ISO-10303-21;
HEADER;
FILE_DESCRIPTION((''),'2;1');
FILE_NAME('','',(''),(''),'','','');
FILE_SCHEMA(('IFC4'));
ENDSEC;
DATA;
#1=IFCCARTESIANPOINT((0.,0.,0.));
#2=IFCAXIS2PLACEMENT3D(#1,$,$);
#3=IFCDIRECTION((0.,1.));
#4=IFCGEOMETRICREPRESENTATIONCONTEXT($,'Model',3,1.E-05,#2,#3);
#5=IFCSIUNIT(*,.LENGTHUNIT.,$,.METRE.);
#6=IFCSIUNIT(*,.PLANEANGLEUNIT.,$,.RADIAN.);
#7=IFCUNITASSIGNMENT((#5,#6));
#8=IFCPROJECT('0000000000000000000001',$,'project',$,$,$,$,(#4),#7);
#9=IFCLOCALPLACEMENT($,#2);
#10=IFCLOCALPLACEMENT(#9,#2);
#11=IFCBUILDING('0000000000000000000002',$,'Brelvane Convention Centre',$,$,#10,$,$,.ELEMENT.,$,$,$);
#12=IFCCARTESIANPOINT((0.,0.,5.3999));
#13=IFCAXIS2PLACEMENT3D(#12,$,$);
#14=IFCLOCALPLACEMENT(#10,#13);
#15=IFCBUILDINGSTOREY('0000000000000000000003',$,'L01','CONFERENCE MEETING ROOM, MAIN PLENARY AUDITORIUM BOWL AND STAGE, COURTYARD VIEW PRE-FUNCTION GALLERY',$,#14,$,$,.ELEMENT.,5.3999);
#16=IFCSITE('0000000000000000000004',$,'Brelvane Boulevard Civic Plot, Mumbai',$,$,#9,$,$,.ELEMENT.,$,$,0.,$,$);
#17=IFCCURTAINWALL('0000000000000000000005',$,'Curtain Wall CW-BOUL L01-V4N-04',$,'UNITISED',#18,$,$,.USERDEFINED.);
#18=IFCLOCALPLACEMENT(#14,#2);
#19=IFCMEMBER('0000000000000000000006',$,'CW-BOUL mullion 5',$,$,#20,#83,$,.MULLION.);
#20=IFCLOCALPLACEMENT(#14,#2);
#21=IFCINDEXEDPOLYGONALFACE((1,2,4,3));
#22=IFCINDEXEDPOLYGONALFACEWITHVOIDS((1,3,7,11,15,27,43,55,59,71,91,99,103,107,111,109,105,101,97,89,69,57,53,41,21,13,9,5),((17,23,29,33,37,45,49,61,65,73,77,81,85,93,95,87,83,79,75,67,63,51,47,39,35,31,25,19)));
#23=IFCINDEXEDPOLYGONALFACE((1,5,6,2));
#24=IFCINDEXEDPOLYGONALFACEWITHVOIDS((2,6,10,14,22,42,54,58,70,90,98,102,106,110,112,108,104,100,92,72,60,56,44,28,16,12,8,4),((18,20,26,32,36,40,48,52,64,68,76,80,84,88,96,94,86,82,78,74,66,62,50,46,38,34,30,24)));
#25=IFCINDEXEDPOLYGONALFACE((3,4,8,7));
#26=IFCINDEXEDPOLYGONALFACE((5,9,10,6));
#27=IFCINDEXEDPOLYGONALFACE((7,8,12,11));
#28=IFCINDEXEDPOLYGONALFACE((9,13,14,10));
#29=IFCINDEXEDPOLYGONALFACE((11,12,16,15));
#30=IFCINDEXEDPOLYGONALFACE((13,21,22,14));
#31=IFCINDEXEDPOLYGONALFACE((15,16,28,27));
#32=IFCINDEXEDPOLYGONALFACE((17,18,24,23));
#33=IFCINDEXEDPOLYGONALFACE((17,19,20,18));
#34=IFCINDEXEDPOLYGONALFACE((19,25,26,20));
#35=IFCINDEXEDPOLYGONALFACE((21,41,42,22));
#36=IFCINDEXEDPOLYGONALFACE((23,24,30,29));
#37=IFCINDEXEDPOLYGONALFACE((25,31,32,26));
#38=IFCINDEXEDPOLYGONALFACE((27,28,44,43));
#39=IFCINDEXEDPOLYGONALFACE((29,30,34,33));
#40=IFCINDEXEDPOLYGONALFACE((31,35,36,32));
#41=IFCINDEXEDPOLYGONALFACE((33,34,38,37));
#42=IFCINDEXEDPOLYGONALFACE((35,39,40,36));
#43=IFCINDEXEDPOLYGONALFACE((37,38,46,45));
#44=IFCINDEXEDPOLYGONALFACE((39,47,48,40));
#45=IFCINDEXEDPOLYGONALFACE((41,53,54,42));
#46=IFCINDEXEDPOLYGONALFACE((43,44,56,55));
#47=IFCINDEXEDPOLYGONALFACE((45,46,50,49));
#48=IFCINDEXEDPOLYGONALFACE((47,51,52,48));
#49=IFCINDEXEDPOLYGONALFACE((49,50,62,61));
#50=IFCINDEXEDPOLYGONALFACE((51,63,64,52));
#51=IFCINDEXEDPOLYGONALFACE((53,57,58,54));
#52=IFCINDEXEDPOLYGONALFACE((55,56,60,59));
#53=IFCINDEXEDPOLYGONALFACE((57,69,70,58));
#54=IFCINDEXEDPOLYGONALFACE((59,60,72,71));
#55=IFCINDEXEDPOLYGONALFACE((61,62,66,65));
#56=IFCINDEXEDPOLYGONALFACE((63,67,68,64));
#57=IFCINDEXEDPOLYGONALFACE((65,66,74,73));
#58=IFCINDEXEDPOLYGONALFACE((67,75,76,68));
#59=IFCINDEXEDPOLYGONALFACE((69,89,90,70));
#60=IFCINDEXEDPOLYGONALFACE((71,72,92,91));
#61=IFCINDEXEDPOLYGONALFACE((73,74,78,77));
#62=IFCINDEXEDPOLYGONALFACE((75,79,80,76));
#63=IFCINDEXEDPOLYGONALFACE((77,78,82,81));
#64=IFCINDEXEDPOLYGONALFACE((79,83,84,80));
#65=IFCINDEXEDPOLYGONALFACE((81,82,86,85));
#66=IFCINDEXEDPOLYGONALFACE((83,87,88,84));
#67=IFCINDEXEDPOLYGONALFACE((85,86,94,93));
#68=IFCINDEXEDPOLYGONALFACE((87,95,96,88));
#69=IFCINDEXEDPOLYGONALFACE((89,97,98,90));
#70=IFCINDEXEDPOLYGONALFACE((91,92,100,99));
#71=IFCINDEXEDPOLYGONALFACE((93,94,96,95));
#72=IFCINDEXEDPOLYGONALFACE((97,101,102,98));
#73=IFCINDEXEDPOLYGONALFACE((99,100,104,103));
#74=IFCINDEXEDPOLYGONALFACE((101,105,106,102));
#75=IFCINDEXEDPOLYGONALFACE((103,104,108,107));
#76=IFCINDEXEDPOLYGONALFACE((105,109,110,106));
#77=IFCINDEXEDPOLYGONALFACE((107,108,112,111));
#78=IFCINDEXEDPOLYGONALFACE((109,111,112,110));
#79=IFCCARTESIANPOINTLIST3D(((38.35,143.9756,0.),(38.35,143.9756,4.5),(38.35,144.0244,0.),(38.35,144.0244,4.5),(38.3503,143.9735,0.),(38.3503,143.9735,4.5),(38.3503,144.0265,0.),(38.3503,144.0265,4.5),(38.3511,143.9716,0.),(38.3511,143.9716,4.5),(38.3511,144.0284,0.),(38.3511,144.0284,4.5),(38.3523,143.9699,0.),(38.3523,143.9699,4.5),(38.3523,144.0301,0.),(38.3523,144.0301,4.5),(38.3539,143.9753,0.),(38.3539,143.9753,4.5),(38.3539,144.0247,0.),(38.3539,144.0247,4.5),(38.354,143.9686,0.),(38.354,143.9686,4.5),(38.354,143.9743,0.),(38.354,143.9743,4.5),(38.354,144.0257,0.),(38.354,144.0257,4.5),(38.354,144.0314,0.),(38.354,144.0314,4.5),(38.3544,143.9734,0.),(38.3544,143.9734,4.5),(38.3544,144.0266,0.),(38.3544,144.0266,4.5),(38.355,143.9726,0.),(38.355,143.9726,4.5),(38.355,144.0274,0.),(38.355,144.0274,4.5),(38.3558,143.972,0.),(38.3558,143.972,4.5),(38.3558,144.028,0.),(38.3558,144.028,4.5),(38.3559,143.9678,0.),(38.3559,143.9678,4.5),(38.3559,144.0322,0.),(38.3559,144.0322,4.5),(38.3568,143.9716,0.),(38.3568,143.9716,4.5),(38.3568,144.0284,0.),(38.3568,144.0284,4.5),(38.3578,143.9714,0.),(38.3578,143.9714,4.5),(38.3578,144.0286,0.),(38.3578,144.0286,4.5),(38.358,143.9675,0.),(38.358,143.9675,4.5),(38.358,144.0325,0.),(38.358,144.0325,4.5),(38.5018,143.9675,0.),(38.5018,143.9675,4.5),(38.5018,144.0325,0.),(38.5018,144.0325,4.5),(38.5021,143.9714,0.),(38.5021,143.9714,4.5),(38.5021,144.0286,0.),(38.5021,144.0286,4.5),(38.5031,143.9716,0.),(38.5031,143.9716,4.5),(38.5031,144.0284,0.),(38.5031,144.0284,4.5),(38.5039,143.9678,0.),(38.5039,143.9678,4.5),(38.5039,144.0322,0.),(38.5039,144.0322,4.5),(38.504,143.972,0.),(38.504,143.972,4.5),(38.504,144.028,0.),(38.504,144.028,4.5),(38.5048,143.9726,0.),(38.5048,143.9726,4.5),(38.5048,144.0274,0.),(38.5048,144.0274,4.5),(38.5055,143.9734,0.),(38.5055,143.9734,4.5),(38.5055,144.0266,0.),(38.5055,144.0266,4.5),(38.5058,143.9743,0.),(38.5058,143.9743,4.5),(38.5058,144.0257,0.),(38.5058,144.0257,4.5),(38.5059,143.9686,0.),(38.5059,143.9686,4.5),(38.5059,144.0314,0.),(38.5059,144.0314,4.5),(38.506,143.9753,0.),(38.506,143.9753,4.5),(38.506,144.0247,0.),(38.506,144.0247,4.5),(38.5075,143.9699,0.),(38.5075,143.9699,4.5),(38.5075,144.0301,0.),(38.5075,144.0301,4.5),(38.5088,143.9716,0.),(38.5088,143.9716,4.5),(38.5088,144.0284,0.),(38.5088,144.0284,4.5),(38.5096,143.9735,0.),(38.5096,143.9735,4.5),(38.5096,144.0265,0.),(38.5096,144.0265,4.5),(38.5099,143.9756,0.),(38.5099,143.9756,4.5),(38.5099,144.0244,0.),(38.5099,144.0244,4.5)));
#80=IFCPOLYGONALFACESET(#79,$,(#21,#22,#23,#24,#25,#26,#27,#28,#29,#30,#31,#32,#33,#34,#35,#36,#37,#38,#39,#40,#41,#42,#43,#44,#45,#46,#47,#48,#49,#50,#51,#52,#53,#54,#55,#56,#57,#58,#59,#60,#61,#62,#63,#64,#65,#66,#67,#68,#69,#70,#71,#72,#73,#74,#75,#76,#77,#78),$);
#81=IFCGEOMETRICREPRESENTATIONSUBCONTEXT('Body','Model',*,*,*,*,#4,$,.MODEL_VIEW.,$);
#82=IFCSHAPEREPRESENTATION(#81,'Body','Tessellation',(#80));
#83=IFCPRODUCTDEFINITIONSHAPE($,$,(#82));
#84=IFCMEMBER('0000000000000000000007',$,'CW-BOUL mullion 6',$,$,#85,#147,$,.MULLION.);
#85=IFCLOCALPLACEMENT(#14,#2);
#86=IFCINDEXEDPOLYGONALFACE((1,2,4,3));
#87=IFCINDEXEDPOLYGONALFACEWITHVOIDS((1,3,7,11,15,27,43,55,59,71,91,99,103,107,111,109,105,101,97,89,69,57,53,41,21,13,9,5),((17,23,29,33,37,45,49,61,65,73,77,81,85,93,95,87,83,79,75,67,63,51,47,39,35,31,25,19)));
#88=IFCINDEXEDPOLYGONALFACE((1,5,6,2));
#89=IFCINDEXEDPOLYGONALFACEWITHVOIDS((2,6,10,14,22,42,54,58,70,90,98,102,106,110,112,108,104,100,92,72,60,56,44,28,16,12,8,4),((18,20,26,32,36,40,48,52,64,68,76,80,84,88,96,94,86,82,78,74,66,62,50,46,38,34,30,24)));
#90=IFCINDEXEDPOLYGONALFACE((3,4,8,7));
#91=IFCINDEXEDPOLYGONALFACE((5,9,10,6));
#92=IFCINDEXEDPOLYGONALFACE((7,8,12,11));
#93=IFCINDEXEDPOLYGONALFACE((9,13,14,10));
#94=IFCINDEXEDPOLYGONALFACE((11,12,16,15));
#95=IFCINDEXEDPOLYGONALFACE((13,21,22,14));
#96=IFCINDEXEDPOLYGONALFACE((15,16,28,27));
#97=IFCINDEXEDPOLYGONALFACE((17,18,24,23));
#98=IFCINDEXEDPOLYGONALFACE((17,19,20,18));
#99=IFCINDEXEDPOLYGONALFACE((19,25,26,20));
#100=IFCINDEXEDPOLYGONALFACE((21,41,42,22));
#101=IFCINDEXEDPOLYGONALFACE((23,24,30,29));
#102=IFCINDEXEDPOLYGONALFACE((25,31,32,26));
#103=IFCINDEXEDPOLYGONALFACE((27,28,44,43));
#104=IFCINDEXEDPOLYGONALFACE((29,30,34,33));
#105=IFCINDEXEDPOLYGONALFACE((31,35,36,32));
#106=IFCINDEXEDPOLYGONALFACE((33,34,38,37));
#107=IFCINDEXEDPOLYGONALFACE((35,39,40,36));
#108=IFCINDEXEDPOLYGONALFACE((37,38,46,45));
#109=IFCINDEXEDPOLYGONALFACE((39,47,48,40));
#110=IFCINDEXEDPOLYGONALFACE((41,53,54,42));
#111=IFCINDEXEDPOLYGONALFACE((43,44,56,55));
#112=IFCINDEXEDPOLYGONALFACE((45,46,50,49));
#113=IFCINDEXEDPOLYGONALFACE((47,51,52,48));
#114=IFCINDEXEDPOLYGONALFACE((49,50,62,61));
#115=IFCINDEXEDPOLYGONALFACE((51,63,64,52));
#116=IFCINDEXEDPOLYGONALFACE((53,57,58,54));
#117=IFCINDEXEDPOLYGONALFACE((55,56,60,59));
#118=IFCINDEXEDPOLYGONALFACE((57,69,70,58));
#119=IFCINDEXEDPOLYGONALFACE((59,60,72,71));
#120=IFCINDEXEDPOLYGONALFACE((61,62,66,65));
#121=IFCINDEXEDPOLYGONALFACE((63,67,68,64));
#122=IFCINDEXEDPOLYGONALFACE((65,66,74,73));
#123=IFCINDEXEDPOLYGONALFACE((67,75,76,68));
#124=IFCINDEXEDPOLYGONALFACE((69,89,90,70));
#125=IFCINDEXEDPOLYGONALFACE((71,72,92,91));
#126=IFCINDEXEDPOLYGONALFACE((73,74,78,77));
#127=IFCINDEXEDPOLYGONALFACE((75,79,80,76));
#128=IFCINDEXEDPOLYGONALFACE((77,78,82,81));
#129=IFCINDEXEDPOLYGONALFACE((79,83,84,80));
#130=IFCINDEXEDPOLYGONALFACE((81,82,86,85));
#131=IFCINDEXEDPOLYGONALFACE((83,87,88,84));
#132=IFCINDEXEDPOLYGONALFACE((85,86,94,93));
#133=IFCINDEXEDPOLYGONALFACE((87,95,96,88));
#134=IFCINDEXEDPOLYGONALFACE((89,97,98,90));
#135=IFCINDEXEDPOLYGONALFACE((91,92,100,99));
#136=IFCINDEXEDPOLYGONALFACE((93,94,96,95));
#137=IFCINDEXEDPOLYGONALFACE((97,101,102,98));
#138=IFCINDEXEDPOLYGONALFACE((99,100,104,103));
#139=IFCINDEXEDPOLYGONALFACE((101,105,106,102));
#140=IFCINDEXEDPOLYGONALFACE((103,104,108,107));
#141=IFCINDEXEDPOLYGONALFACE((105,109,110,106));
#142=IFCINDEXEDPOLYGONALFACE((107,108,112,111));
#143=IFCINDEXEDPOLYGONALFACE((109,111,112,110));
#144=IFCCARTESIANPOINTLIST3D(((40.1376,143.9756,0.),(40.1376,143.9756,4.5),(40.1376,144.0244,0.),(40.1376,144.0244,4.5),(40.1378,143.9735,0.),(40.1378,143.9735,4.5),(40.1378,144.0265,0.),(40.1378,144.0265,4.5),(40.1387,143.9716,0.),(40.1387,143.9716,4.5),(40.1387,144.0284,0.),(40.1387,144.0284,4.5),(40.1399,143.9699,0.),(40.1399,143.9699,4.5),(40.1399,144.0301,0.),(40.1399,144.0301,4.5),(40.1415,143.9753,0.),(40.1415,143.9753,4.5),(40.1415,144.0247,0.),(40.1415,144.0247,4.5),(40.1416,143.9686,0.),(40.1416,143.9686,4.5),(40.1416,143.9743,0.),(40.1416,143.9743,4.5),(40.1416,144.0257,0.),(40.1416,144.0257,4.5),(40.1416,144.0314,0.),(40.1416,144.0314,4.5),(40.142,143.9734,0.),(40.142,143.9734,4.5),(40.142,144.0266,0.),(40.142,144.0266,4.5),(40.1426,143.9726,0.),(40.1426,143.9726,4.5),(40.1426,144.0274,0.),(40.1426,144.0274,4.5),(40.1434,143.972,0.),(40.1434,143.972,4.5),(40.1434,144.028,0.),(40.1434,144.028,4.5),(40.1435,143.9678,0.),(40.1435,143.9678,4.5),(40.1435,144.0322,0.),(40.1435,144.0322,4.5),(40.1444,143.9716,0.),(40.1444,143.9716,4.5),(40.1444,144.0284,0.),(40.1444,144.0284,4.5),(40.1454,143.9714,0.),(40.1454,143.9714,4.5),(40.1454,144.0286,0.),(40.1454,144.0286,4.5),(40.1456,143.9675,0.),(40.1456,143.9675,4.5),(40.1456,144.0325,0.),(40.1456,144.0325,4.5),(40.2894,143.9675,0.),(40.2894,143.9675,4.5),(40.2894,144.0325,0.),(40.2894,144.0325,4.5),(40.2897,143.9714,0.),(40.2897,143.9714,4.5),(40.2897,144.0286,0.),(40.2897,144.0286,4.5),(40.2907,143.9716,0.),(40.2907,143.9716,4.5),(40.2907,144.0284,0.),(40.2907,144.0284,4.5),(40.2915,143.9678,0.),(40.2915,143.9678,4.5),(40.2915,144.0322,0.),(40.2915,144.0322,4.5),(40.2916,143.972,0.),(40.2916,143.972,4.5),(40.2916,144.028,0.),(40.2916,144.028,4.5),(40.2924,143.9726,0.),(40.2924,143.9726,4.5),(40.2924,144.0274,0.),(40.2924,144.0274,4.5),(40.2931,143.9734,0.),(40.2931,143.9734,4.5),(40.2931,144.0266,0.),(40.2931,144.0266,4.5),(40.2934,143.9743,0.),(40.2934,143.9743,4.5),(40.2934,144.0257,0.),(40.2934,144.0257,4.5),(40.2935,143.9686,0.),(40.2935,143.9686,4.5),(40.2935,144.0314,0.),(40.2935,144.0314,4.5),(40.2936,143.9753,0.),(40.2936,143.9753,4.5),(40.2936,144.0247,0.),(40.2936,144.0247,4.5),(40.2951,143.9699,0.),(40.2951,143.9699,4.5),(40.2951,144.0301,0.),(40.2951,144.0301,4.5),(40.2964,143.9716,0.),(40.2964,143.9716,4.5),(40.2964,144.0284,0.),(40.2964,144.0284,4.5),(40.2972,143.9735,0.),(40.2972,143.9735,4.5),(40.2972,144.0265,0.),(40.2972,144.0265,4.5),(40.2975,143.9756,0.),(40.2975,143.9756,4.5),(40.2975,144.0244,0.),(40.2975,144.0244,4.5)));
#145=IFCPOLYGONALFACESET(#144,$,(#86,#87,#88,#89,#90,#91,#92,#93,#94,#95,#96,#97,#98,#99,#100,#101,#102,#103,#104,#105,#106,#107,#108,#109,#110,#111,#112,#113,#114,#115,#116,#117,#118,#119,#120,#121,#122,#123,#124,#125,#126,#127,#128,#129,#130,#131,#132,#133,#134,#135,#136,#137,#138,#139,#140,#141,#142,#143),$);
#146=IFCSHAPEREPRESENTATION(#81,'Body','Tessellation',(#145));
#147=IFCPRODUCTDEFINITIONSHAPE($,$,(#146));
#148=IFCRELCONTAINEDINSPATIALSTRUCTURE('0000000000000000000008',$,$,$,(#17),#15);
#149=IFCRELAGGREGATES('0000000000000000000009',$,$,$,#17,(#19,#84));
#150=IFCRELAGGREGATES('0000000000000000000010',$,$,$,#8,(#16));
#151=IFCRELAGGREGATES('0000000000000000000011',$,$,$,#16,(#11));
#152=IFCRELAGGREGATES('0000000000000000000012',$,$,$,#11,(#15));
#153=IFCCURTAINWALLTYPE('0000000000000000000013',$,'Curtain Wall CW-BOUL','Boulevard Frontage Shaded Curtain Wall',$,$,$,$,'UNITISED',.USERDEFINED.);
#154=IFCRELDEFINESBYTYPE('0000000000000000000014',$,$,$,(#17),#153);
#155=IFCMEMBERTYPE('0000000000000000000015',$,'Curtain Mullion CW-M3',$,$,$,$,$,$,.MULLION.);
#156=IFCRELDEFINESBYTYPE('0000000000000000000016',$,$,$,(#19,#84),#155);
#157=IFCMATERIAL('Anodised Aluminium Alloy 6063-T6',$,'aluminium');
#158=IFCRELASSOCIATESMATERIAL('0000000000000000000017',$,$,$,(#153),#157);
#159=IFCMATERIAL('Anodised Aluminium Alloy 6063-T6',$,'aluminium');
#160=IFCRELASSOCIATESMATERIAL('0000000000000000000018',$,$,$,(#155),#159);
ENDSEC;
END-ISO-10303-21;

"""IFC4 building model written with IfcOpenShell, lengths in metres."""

from ifc_helpers import new_model, si_unit, direction, frame, origin, origin_2d, place, context, subcontext, project, spatial, hollow_rectangle, extrude, material, material_profile, profile_set, type_object, element, aggregate, save


model = new_model("IFC4")

# Units and contexts
model_context = context("Model", 3, precision=1e-05, world=origin(), true_north=direction((0.0, 1.0)))
body_context = subcontext(model_context, "Body", "Model", "MODEL_VIEW")
ifc_project = project(units=[si_unit("LENGTHUNIT", "METRE"), si_unit("PLANEANGLEUNIT", "RADIAN")], contexts=[model_context])

# Site, building, storey
site_placement = place(None, origin())
site = spatial("IfcSite", under=ifc_project, at=site_placement, Name="Brelvane Boulevard Civic Plot, Mumbai", CompositionType="ELEMENT", RefElevation=0.0)
building_placement = place(site_placement, origin())
building = spatial("IfcBuilding", under=site, at=building_placement, Name="Brelvane Convention Centre", CompositionType="ELEMENT")
storey_placement = place(building_placement, frame((0.0, 0.0, 5.3999)))
storey = spatial("IfcBuildingStorey", under=building, at=storey_placement, Name="L01", Description="CONFERENCE MEETING ROOM, MAIN PLENARY AUDITORIUM BOWL AND STAGE, COURTYARD VIEW PRE-FUNCTION GALLERY", CompositionType="ELEMENT", Elevation=5.3999)

# Curtain wall, members
ifc_material_1 = material(Name="Anodised Aluminium Alloy 6063-T6", Category="aluminium")
curtain_wall_type = type_object("IfcCurtainWallType", Name="Curtain Wall CW-BOUL", Description="Boulevard Frontage Shaded Curtain Wall", ElementType="UNITISED", PredefinedType="USERDEFINED", material=ifc_material_1)
curtain_wall_placement = place(storey_placement, origin())
curtain_wall = element("IfcCurtainWall", 1, at=curtain_wall_placement, inside=storey, type_object=curtain_wall_type, Name="Curtain Wall CW-BOUL L01-V4N-04", ObjectType="UNITISED", PredefinedType="USERDEFINED")
ifc_material_2 = material(Name="Anodised Aluminium Alloy 6063-T6", Category="aluminium")
ifc_material_profile_1 = material_profile(ifc_material_2, hollow_rectangle(XDim=0.0649, YDim=0.1599, WallThickness=0.0039, InnerFilletRadius=0.0039, OuterFilletRadius=0.0081, at=origin_2d()), Name="ALU-M 160x65x4.0")
ifc_profile_set_1 = profile_set([ifc_material_profile_1], Name="Anodised Aluminium Alloy 6063-T6")
member_type_1 = type_object("IfcMemberType", Name="Curtain Mullion CW-M3", PredefinedType="MULLION", material=ifc_profile_set_1)
member_1_placement = place(storey_placement, frame((38.4299, 144.0, 0.0), z_axis=(0.0, 0.0, 1.0), x_axis=(0.0, 1.0, 0.0)))
member_1 = element("IfcMember", 2, at=member_1_placement, type_object=member_type_1, Name="CW-BOUL mullion 5", PredefinedType="MULLION", context=body_context, shape_type="SweptSolid", body=[
    extrude(hollow_rectangle(XDim=0.0649, YDim=0.1599, WallThickness=0.0039, InnerFilletRadius=0.0039, OuterFilletRadius=0.0081, at=origin_2d()), origin(), (0.0, 0.0, 1.0), 4.5),
])
member_2_placement = place(storey_placement, frame((40.2175, 144.0, 0.0), z_axis=(0.0, 0.0, 1.0), x_axis=(0.0, 1.0, 0.0)))
member_2 = element("IfcMember", 3, at=member_2_placement, type_object=member_type_1, Name="CW-BOUL mullion 6", PredefinedType="MULLION", context=body_context, shape_type="SweptSolid", body=[
    extrude(hollow_rectangle(XDim=0.0649, YDim=0.1599, WallThickness=0.0039, InnerFilletRadius=0.0039, OuterFilletRadius=0.0081, at=origin_2d()), origin(), (0.0, 0.0, 1.0), 4.5),
])

aggregate(curtain_wall, [member_1, member_2])

save(model, "model.ifc")
